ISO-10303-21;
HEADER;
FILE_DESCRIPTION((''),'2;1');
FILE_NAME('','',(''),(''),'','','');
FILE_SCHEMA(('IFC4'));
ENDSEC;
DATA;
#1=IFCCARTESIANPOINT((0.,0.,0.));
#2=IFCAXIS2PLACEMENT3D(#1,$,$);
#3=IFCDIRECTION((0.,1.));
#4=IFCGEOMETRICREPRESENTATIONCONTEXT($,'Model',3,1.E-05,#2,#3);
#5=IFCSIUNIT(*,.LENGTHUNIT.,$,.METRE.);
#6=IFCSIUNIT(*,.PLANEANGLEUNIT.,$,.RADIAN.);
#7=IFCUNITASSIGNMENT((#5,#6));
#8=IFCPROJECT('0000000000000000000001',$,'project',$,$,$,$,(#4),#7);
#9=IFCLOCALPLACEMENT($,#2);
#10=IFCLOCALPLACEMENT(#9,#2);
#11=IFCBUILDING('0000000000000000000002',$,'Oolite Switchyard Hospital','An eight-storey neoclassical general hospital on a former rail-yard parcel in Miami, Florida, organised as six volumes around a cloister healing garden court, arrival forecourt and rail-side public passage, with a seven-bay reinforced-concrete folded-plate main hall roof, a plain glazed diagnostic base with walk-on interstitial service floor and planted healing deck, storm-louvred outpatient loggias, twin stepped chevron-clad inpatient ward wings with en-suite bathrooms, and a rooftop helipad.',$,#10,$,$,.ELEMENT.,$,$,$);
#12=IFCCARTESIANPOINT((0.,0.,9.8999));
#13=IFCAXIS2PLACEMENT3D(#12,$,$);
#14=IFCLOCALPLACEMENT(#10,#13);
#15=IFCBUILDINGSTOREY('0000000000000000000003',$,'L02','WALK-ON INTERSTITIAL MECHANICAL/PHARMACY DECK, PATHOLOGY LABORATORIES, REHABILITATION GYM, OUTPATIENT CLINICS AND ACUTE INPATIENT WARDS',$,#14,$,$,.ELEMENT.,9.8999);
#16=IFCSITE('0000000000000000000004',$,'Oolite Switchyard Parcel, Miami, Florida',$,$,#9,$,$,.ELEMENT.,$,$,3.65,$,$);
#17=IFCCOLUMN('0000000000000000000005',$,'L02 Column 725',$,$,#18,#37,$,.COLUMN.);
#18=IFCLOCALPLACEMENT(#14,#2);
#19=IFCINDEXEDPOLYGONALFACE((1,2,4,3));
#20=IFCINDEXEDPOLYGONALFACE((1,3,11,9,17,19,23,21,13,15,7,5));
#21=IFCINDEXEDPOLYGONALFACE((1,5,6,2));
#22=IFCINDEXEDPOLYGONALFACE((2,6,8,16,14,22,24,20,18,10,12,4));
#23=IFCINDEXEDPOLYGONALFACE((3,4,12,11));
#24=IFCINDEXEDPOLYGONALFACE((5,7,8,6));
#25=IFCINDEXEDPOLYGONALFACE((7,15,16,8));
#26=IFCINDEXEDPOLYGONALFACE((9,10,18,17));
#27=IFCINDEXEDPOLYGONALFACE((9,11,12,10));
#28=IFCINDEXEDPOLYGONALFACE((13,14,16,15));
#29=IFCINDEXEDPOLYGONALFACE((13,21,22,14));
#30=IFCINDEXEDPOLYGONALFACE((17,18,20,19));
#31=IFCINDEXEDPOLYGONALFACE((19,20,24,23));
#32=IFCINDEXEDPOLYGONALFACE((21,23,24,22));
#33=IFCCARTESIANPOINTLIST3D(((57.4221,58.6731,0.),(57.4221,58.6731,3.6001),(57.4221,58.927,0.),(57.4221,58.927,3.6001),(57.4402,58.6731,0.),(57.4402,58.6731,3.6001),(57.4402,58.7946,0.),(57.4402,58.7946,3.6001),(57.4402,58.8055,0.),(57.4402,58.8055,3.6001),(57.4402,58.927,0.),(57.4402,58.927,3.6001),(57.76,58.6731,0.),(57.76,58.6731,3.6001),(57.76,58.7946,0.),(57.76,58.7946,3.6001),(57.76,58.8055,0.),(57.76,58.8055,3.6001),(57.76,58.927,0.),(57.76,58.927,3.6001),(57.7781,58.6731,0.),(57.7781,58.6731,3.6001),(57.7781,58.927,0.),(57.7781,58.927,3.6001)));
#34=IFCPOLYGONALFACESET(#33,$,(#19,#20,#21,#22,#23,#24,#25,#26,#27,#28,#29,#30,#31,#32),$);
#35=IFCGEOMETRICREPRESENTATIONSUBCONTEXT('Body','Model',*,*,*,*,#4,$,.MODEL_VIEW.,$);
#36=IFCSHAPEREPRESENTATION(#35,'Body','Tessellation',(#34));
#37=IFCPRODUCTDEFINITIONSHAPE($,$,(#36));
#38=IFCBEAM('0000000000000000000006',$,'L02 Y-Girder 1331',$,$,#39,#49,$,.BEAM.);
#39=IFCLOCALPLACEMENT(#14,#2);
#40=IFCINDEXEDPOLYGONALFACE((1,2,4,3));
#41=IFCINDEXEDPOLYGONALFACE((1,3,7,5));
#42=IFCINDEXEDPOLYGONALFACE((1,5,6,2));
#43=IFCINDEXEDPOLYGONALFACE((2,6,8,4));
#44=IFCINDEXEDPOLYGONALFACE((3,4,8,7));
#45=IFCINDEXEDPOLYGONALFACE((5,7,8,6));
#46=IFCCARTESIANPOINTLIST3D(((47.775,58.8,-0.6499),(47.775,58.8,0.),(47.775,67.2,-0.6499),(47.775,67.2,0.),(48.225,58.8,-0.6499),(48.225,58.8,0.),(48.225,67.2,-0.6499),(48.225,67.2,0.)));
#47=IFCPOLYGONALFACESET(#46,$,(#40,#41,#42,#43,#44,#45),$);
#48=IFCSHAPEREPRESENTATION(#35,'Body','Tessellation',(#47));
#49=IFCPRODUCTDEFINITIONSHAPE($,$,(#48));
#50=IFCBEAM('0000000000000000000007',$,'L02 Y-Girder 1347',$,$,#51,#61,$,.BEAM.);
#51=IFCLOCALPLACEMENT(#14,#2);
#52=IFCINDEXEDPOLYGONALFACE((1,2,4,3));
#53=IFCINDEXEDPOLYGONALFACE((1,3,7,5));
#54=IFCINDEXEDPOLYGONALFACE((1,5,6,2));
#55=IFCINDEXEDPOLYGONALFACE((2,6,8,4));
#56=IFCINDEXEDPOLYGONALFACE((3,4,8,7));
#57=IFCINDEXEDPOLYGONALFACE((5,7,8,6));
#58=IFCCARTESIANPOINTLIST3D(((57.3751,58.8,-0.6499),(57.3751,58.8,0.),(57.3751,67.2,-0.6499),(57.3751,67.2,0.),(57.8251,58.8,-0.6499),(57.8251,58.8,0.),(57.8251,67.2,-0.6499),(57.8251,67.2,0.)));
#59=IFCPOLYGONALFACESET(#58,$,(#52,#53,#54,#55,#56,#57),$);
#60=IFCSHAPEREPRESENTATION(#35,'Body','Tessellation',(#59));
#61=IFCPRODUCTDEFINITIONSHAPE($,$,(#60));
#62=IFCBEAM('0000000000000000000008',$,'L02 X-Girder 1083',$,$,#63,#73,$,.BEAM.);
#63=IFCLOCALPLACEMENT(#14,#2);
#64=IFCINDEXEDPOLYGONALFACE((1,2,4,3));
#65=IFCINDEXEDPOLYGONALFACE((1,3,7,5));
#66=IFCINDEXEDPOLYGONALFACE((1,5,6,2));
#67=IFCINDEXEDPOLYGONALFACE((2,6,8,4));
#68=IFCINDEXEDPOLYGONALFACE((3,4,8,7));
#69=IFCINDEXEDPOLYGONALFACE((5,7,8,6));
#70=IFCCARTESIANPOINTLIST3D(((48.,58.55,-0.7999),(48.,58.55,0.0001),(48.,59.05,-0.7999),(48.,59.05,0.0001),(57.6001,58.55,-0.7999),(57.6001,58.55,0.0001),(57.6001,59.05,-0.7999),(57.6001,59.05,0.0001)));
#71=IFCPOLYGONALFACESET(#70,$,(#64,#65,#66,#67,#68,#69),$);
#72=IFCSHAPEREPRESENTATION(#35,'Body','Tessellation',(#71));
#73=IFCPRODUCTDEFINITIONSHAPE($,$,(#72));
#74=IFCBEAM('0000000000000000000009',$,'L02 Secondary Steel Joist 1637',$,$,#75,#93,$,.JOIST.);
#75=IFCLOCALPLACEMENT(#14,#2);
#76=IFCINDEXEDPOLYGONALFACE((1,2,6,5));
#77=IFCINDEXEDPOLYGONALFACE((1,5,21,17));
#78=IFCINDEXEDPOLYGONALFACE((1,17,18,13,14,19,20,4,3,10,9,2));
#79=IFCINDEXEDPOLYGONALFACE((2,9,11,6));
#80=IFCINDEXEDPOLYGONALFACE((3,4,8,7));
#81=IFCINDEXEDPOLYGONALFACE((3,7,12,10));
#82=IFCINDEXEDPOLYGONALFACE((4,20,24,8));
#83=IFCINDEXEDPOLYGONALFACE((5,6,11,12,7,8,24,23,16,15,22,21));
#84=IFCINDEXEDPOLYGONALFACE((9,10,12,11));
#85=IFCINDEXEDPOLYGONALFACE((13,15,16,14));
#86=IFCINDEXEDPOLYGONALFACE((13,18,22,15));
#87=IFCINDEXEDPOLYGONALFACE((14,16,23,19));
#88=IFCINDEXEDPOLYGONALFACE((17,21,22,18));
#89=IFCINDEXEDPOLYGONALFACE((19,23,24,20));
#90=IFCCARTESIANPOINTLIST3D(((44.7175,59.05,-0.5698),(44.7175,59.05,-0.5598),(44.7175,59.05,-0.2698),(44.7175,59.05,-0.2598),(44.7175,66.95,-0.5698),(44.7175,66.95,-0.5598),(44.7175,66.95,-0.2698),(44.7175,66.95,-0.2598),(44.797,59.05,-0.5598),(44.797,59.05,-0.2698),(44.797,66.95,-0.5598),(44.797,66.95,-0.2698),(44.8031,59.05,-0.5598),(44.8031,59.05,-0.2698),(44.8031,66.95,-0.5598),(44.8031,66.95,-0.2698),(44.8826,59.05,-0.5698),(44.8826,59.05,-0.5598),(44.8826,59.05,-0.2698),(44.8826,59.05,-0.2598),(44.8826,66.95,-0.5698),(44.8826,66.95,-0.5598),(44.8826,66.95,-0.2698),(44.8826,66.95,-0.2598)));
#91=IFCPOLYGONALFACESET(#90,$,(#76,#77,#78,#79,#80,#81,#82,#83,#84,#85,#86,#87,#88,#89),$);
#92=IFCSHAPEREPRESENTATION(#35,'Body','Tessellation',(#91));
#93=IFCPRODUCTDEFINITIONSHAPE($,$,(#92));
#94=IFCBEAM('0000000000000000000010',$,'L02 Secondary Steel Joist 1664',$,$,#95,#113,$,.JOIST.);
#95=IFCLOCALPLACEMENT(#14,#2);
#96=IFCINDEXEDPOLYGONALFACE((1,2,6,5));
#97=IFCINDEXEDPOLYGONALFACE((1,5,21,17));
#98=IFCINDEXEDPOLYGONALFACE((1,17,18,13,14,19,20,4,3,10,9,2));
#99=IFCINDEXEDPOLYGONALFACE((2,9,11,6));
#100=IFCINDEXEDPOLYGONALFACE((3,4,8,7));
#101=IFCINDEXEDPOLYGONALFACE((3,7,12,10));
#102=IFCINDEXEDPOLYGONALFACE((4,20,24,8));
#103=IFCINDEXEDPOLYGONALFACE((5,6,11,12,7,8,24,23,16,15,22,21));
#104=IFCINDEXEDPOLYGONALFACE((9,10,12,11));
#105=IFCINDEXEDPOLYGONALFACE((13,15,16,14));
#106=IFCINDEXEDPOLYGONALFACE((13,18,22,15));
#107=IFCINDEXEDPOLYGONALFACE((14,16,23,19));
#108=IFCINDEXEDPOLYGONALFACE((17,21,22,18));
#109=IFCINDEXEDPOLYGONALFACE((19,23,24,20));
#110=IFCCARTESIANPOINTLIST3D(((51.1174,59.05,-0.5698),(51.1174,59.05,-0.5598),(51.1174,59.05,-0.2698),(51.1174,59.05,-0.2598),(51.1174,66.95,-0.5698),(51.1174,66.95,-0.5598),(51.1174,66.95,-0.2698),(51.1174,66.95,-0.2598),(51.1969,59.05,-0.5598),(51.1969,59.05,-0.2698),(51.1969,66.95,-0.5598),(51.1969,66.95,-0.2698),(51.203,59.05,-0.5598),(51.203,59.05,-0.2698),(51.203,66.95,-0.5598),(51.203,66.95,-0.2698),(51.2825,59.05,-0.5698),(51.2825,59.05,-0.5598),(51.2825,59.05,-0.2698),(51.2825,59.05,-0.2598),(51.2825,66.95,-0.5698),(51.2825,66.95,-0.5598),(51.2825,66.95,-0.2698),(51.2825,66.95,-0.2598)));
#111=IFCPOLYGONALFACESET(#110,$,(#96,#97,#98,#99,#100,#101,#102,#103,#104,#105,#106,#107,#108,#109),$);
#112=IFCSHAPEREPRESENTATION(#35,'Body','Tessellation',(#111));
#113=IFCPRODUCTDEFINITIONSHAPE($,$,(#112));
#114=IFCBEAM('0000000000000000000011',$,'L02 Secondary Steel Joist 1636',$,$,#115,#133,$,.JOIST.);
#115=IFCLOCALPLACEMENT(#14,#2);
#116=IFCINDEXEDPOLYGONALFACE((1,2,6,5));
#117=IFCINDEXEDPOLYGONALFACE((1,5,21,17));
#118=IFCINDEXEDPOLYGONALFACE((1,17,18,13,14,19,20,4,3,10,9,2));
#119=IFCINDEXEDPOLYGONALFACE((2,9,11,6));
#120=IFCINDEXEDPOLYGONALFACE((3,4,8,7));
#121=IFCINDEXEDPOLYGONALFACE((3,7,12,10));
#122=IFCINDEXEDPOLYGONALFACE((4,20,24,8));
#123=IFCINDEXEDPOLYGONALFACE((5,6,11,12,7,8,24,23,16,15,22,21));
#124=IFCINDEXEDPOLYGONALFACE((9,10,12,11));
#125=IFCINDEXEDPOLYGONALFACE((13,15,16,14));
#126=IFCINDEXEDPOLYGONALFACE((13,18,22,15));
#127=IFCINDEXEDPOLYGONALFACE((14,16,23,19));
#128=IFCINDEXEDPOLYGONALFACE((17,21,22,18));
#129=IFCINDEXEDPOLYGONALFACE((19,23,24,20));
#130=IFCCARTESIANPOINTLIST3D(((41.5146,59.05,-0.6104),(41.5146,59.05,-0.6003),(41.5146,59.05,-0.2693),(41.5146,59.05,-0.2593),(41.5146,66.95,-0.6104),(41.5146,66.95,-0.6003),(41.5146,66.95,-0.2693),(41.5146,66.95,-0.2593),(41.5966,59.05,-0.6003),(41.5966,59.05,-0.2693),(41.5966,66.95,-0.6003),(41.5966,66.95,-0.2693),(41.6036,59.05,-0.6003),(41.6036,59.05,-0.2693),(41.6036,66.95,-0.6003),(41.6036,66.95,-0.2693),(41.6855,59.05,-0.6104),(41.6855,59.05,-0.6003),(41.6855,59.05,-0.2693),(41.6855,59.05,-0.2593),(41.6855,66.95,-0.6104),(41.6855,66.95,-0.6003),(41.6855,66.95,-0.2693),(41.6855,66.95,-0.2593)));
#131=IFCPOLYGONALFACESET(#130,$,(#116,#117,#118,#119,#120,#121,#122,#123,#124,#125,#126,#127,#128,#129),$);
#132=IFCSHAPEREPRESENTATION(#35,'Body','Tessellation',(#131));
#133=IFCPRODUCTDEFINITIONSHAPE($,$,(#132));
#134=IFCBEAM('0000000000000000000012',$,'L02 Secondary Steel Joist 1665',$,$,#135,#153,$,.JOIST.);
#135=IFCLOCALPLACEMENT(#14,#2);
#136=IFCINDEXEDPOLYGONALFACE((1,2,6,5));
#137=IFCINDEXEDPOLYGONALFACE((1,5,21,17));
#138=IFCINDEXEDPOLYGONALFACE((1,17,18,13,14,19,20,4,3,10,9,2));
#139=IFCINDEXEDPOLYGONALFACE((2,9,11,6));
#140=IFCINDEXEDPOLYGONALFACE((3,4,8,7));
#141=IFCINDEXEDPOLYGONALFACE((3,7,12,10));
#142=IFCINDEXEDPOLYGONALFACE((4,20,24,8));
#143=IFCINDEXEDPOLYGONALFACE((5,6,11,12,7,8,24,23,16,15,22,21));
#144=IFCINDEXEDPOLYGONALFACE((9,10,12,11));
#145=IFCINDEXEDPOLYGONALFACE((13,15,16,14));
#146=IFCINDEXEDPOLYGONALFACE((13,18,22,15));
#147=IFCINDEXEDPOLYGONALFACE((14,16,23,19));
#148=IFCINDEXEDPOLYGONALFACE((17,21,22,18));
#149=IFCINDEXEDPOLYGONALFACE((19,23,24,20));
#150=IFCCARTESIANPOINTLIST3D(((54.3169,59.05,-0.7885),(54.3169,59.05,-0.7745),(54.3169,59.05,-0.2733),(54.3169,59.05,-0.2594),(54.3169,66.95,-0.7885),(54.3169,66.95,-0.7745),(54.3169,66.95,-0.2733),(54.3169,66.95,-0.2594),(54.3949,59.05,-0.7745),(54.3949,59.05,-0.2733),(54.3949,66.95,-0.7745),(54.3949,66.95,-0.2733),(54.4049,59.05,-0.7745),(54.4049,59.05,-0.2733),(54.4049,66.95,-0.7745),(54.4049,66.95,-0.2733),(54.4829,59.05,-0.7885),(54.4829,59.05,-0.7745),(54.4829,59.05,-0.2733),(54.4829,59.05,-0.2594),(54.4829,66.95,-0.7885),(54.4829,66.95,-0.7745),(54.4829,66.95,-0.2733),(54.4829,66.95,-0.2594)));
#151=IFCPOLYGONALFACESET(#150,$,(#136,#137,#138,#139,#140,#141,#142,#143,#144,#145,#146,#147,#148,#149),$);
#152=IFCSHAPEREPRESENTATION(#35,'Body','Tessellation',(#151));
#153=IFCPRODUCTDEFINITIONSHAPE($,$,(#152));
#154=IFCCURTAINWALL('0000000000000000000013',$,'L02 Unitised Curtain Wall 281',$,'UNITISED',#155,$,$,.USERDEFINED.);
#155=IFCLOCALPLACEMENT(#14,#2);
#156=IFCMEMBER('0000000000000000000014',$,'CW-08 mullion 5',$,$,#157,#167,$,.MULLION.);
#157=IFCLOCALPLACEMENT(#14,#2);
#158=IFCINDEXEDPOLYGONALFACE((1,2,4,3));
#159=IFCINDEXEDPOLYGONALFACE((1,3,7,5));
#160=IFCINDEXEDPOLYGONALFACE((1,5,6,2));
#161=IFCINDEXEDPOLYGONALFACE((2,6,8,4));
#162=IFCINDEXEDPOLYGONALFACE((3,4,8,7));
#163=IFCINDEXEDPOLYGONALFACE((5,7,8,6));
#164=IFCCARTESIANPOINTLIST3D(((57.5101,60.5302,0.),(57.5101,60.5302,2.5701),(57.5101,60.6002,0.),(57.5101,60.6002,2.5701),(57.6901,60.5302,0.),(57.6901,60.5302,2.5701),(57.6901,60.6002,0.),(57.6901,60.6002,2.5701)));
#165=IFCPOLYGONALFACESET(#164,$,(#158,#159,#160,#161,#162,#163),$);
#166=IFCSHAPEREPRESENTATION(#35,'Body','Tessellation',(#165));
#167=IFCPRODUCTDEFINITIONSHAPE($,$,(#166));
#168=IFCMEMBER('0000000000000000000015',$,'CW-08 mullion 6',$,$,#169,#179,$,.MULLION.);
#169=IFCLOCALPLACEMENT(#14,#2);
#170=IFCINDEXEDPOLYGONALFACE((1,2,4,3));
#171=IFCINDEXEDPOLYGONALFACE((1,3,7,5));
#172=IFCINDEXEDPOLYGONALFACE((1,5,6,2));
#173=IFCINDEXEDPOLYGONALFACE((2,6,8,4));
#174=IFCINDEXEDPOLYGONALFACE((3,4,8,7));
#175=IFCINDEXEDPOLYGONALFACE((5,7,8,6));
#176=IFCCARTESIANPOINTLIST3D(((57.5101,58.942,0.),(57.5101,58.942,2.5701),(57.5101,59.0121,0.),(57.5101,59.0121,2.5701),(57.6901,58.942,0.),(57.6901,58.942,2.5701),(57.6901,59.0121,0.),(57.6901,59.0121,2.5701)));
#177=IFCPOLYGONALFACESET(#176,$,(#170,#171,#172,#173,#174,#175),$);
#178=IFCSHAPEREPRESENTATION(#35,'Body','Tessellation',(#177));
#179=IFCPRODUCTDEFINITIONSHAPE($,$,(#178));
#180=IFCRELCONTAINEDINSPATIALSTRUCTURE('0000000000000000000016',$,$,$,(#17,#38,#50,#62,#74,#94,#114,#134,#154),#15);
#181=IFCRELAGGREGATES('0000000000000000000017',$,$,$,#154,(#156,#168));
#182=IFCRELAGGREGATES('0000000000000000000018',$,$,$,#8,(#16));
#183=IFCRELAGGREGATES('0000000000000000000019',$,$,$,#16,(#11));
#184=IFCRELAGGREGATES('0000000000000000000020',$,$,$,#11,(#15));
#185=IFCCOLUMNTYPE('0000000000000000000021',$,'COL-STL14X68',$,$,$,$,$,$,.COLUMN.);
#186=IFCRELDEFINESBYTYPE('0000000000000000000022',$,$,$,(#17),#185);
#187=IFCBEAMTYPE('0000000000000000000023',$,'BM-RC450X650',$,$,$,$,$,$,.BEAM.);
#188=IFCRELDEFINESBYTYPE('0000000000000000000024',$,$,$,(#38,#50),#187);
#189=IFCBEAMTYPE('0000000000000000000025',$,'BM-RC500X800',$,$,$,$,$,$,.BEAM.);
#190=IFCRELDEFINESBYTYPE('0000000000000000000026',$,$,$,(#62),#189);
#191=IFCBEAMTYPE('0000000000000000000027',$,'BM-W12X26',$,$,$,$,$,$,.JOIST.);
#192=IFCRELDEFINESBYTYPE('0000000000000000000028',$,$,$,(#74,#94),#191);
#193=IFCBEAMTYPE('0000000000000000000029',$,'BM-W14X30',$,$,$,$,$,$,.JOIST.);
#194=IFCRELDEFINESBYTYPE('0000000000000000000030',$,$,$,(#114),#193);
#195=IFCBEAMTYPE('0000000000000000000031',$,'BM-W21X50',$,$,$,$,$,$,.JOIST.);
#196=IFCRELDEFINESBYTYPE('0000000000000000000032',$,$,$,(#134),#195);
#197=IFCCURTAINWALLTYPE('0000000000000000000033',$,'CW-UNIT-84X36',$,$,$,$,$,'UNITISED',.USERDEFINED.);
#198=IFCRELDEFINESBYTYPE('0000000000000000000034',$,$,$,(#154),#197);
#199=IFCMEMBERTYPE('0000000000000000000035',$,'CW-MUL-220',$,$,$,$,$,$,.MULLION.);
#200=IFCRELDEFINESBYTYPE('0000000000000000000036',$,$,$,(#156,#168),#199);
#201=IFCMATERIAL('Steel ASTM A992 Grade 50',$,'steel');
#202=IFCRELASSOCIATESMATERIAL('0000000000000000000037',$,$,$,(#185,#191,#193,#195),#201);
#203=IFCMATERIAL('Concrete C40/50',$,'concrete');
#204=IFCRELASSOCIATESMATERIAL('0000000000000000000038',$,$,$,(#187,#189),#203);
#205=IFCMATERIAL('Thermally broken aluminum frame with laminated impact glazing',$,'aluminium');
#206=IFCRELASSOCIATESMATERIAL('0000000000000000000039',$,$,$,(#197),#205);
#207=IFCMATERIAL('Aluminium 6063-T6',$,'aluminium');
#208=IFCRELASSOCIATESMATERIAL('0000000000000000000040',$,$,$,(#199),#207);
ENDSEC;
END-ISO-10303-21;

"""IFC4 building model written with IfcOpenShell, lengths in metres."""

from ifc_helpers import new_model, si_unit, direction, frame, origin, origin_2d, place, context, subcontext, project, spatial, rectangle, i_section, extrude, material, material_profile, profile_set, type_object, element, aggregate, save


model = new_model("IFC4")

# Units and contexts
model_context = context("Model", 3, precision=1e-05, world=origin(), true_north=direction((0.0, 1.0)))
body_context = subcontext(model_context, "Body", "Model", "MODEL_VIEW")
ifc_project = project(units=[si_unit("LENGTHUNIT", "METRE"), si_unit("PLANEANGLEUNIT", "RADIAN")], contexts=[model_context])

# Site, building, storey
site_placement = place(None, origin())
site = spatial("IfcSite", under=ifc_project, at=site_placement, Name="Oolite Switchyard Parcel, Miami, Florida", CompositionType="ELEMENT", RefElevation=3.65)
building_placement = place(site_placement, origin())
building = spatial("IfcBuilding", under=site, at=building_placement, Name="Oolite Switchyard Hospital", Description="An eight-storey neoclassical general hospital on a former rail-yard parcel in Miami, Florida, organised as six volumes around a cloister healing garden court, arrival forecourt and rail-side public passage, with a seven-bay reinforced-concrete folded-plate main hall roof, a plain glazed diagnostic base with walk-on interstitial service floor and planted healing deck, storm-louvred outpatient loggias, twin stepped chevron-clad inpatient ward wings with en-suite bathrooms, and a rooftop helipad.", CompositionType="ELEMENT")
storey_placement = place(building_placement, frame((0.0, 0.0, 9.8999)))
storey = spatial("IfcBuildingStorey", under=building, at=storey_placement, Name="L02", Description="WALK-ON INTERSTITIAL MECHANICAL/PHARMACY DECK, PATHOLOGY LABORATORIES, REHABILITATION GYM, OUTPATIENT CLINICS AND ACUTE INPATIENT WARDS", CompositionType="ELEMENT", Elevation=9.8999)

# Column
ifc_material_1 = material(Name="Steel ASTM A992 Grade 50", Category="steel")
ifc_material_profile_1 = material_profile(ifc_material_1, i_section(OverallWidth=0.2539, OverallDepth=0.356, WebThickness=0.011, FlangeThickness=0.0181, at=origin_2d()), Name="W14X68")
ifc_profile_set_1 = profile_set([ifc_material_profile_1], Name="Steel ASTM A992 Grade 50")
column_type = type_object("IfcColumnType", Name="COL-STL14X68", PredefinedType="COLUMN", material=ifc_profile_set_1)
column_placement = place(storey_placement, frame((57.6001, 58.8, 0.0), z_axis=(0.0, 0.0, 1.0), x_axis=(0.0, -1.0, 0.0)))
element("IfcColumn", 1, at=column_placement, inside=storey, type_object=column_type, Name="L02 Column 725", PredefinedType="COLUMN", context=body_context, shape_type="SweptSolid", body=[
    extrude(i_section(OverallWidth=0.2539, OverallDepth=0.356, WebThickness=0.011, FlangeThickness=0.0181, at=origin_2d()), origin(), (0.0, 0.0, 1.0), 3.6001),
])

# Beams
ifc_material_2 = material(Name="Concrete C40/50", Category="concrete")
ifc_material_profile_2 = material_profile(ifc_material_2, rectangle(XDim=0.45, YDim=0.6499, at=origin_2d()), Name="RCB450X650")
ifc_profile_set_2 = profile_set([ifc_material_profile_2], Name="Concrete C40/50")
beam_type_1 = type_object("IfcBeamType", Name="BM-RC450X650", PredefinedType="BEAM", material=ifc_profile_set_2)
for number, where, z_axis, x_axis, name in (
    (2, (48.0, 58.8, -0.325), (0.0, 1.0, 0.0), (-1.0, 0.0, 0.0), "L02 Y-Girder 1331"),
    (3, (57.6001, 58.8, -0.325), (0.0, 1.0, 0.0), (-1.0, 0.0, 0.0), "L02 Y-Girder 1347"),
):
    element("IfcBeam", number, at=place(storey_placement, frame(where, z_axis=z_axis, x_axis=x_axis)), inside=storey, type_object=beam_type_1, Name=name, PredefinedType="BEAM", context=body_context, shape_type="SweptSolid", body=[
        extrude(rectangle(XDim=0.45, YDim=0.6499, at=origin_2d()), origin(), (0.0, 0.0, 1.0), 8.3999),
    ])
ifc_material_profile_3 = material_profile(ifc_material_2, rectangle(XDim=0.5, YDim=0.8, at=origin_2d()), Name="RCB500X800")
ifc_profile_set_3 = profile_set([ifc_material_profile_3], Name="Concrete C40/50")
beam_type_2 = type_object("IfcBeamType", Name="BM-RC500X800", PredefinedType="BEAM", material=ifc_profile_set_3)
beam_1_placement = place(storey_placement, frame((48.0, 58.8, -0.3999), z_axis=(1.0, 0.0, 0.0), x_axis=(0.0, 1.0, 0.0)))
element("IfcBeam", 4, at=beam_1_placement, inside=storey, type_object=beam_type_2, Name="L02 X-Girder 1083", PredefinedType="BEAM", context=body_context, shape_type="SweptSolid", body=[
    extrude(rectangle(XDim=0.5, YDim=0.8, at=origin_2d()), origin(), (0.0, 0.0, 1.0), 9.6001),
])
ifc_material_profile_4 = material_profile(ifc_material_1, i_section(OverallWidth=0.165, OverallDepth=0.3101, WebThickness=0.0061, FlangeThickness=0.01, at=origin_2d()), Name="W12X26")
ifc_profile_set_4 = profile_set([ifc_material_profile_4], Name="Steel ASTM A992 Grade 50")
beam_type_3 = type_object("IfcBeamType", Name="BM-W12X26", PredefinedType="JOIST", material=ifc_profile_set_4)
for number, where, z_axis, x_axis, name in (
    (5, (44.8, 59.05, -0.4148), (0.0, 1.0, 0.0), (-1.0, 0.0, 0.0), "L02 Secondary Steel Joist 1637"),
    (6, (51.2, 59.05, -0.4148), (0.0, 1.0, 0.0), (-1.0, 0.0, 0.0), "L02 Secondary Steel Joist 1664"),
):
    element("IfcBeam", number, at=place(storey_placement, frame(where, z_axis=z_axis, x_axis=x_axis)), inside=storey, type_object=beam_type_3, Name=name, PredefinedType="JOIST", context=body_context, shape_type="SweptSolid", body=[
        extrude(i_section(OverallWidth=0.165, OverallDepth=0.3101, WebThickness=0.0061, FlangeThickness=0.01, at=origin_2d()), origin(), (0.0, 0.0, 1.0), 7.8999),
    ])
ifc_material_profile_5 = material_profile(ifc_material_1, i_section(OverallWidth=0.1709, OverallDepth=0.3511, WebThickness=0.0071, FlangeThickness=0.01, at=origin_2d()), Name="W14X30")
ifc_profile_set_5 = profile_set([ifc_material_profile_5], Name="Steel ASTM A992 Grade 50")
beam_type_4 = type_object("IfcBeamType", Name="BM-W14X30", PredefinedType="JOIST", material=ifc_profile_set_5)
beam_2_placement = place(storey_placement, frame((41.6001, 59.05, -0.4348), z_axis=(0.0, 1.0, 0.0), x_axis=(-1.0, 0.0, 0.0)))
element("IfcBeam", 7, at=beam_2_placement, inside=storey, type_object=beam_type_4, Name="L02 Secondary Steel Joist 1636", PredefinedType="JOIST", context=body_context, shape_type="SweptSolid", body=[
    extrude(i_section(OverallWidth=0.1709, OverallDepth=0.3511, WebThickness=0.0071, FlangeThickness=0.01, at=origin_2d()), origin(), (0.0, 0.0, 1.0), 7.8999),
])
ifc_material_profile_6 = material_profile(ifc_material_1, i_section(OverallWidth=0.166, OverallDepth=0.5291, WebThickness=0.01, FlangeThickness=0.0139, at=origin_2d()), Name="W21X50")
ifc_profile_set_6 = profile_set([ifc_material_profile_6], Name="Steel ASTM A992 Grade 50")
beam_type_5 = type_object("IfcBeamType", Name="BM-W21X50", PredefinedType="JOIST", material=ifc_profile_set_6)
beam_3_placement = place(storey_placement, frame((54.3999, 59.05, -0.5239), z_axis=(0.0, 1.0, 0.0), x_axis=(-1.0, 0.0, 0.0)))
element("IfcBeam", 8, at=beam_3_placement, inside=storey, type_object=beam_type_5, Name="L02 Secondary Steel Joist 1665", PredefinedType="JOIST", context=body_context, shape_type="SweptSolid", body=[
    extrude(i_section(OverallWidth=0.166, OverallDepth=0.5291, WebThickness=0.01, FlangeThickness=0.0139, at=origin_2d()), origin(), (0.0, 0.0, 1.0), 7.8999),
])

# Curtain wall, members
ifc_material_3 = material(Name="Thermally broken aluminum frame with laminated impact glazing", Category="aluminium")
curtain_wall_type = type_object("IfcCurtainWallType", Name="CW-UNIT-84X36", ElementType="UNITISED", PredefinedType="USERDEFINED", material=ifc_material_3)
curtain_wall_placement = place(storey_placement, origin())
curtain_wall = element("IfcCurtainWall", 9, at=curtain_wall_placement, inside=storey, type_object=curtain_wall_type, Name="L02 Unitised Curtain Wall 281", ObjectType="UNITISED", PredefinedType="USERDEFINED")
ifc_material_4 = material(Name="Aluminium 6063-T6", Category="aluminium")
ifc_material_profile_7 = material_profile(ifc_material_4, rectangle(XDim=0.1799, YDim=0.0701, at=origin_2d()), Name="CWM70X180")
ifc_profile_set_7 = profile_set([ifc_material_profile_7], Name="Aluminium 6063-T6")
member_type_1 = type_object("IfcMemberType", Name="CW-MUL-220", PredefinedType="MULLION", material=ifc_profile_set_7)
member_1_placement = place(storey_placement, frame((57.6001, 60.5652, 0.0), z_axis=(0.0, 0.0, 1.0), x_axis=(1.0, 0.0, 0.0)))
member_1 = element("IfcMember", 10, at=member_1_placement, type_object=member_type_1, Name="CW-08 mullion 5", PredefinedType="MULLION", context=body_context, shape_type="SweptSolid", body=[
    extrude(rectangle(XDim=0.1799, YDim=0.0701, at=origin_2d()), origin(), (0.0, 0.0, 1.0), 2.5701),
])
member_2_placement = place(storey_placement, frame((57.6001, 58.9771, 0.0), z_axis=(0.0, 0.0, 1.0), x_axis=(1.0, 0.0, 0.0)))
member_2 = element("IfcMember", 11, at=member_2_placement, type_object=member_type_1, Name="CW-08 mullion 6", PredefinedType="MULLION", context=body_context, shape_type="SweptSolid", body=[
    extrude(rectangle(XDim=0.1799, YDim=0.0701, at=origin_2d()), origin(), (0.0, 0.0, 1.0), 2.5701),
])
aggregate(curtain_wall, [member_1, member_2])

save(model, "model.ifc")
